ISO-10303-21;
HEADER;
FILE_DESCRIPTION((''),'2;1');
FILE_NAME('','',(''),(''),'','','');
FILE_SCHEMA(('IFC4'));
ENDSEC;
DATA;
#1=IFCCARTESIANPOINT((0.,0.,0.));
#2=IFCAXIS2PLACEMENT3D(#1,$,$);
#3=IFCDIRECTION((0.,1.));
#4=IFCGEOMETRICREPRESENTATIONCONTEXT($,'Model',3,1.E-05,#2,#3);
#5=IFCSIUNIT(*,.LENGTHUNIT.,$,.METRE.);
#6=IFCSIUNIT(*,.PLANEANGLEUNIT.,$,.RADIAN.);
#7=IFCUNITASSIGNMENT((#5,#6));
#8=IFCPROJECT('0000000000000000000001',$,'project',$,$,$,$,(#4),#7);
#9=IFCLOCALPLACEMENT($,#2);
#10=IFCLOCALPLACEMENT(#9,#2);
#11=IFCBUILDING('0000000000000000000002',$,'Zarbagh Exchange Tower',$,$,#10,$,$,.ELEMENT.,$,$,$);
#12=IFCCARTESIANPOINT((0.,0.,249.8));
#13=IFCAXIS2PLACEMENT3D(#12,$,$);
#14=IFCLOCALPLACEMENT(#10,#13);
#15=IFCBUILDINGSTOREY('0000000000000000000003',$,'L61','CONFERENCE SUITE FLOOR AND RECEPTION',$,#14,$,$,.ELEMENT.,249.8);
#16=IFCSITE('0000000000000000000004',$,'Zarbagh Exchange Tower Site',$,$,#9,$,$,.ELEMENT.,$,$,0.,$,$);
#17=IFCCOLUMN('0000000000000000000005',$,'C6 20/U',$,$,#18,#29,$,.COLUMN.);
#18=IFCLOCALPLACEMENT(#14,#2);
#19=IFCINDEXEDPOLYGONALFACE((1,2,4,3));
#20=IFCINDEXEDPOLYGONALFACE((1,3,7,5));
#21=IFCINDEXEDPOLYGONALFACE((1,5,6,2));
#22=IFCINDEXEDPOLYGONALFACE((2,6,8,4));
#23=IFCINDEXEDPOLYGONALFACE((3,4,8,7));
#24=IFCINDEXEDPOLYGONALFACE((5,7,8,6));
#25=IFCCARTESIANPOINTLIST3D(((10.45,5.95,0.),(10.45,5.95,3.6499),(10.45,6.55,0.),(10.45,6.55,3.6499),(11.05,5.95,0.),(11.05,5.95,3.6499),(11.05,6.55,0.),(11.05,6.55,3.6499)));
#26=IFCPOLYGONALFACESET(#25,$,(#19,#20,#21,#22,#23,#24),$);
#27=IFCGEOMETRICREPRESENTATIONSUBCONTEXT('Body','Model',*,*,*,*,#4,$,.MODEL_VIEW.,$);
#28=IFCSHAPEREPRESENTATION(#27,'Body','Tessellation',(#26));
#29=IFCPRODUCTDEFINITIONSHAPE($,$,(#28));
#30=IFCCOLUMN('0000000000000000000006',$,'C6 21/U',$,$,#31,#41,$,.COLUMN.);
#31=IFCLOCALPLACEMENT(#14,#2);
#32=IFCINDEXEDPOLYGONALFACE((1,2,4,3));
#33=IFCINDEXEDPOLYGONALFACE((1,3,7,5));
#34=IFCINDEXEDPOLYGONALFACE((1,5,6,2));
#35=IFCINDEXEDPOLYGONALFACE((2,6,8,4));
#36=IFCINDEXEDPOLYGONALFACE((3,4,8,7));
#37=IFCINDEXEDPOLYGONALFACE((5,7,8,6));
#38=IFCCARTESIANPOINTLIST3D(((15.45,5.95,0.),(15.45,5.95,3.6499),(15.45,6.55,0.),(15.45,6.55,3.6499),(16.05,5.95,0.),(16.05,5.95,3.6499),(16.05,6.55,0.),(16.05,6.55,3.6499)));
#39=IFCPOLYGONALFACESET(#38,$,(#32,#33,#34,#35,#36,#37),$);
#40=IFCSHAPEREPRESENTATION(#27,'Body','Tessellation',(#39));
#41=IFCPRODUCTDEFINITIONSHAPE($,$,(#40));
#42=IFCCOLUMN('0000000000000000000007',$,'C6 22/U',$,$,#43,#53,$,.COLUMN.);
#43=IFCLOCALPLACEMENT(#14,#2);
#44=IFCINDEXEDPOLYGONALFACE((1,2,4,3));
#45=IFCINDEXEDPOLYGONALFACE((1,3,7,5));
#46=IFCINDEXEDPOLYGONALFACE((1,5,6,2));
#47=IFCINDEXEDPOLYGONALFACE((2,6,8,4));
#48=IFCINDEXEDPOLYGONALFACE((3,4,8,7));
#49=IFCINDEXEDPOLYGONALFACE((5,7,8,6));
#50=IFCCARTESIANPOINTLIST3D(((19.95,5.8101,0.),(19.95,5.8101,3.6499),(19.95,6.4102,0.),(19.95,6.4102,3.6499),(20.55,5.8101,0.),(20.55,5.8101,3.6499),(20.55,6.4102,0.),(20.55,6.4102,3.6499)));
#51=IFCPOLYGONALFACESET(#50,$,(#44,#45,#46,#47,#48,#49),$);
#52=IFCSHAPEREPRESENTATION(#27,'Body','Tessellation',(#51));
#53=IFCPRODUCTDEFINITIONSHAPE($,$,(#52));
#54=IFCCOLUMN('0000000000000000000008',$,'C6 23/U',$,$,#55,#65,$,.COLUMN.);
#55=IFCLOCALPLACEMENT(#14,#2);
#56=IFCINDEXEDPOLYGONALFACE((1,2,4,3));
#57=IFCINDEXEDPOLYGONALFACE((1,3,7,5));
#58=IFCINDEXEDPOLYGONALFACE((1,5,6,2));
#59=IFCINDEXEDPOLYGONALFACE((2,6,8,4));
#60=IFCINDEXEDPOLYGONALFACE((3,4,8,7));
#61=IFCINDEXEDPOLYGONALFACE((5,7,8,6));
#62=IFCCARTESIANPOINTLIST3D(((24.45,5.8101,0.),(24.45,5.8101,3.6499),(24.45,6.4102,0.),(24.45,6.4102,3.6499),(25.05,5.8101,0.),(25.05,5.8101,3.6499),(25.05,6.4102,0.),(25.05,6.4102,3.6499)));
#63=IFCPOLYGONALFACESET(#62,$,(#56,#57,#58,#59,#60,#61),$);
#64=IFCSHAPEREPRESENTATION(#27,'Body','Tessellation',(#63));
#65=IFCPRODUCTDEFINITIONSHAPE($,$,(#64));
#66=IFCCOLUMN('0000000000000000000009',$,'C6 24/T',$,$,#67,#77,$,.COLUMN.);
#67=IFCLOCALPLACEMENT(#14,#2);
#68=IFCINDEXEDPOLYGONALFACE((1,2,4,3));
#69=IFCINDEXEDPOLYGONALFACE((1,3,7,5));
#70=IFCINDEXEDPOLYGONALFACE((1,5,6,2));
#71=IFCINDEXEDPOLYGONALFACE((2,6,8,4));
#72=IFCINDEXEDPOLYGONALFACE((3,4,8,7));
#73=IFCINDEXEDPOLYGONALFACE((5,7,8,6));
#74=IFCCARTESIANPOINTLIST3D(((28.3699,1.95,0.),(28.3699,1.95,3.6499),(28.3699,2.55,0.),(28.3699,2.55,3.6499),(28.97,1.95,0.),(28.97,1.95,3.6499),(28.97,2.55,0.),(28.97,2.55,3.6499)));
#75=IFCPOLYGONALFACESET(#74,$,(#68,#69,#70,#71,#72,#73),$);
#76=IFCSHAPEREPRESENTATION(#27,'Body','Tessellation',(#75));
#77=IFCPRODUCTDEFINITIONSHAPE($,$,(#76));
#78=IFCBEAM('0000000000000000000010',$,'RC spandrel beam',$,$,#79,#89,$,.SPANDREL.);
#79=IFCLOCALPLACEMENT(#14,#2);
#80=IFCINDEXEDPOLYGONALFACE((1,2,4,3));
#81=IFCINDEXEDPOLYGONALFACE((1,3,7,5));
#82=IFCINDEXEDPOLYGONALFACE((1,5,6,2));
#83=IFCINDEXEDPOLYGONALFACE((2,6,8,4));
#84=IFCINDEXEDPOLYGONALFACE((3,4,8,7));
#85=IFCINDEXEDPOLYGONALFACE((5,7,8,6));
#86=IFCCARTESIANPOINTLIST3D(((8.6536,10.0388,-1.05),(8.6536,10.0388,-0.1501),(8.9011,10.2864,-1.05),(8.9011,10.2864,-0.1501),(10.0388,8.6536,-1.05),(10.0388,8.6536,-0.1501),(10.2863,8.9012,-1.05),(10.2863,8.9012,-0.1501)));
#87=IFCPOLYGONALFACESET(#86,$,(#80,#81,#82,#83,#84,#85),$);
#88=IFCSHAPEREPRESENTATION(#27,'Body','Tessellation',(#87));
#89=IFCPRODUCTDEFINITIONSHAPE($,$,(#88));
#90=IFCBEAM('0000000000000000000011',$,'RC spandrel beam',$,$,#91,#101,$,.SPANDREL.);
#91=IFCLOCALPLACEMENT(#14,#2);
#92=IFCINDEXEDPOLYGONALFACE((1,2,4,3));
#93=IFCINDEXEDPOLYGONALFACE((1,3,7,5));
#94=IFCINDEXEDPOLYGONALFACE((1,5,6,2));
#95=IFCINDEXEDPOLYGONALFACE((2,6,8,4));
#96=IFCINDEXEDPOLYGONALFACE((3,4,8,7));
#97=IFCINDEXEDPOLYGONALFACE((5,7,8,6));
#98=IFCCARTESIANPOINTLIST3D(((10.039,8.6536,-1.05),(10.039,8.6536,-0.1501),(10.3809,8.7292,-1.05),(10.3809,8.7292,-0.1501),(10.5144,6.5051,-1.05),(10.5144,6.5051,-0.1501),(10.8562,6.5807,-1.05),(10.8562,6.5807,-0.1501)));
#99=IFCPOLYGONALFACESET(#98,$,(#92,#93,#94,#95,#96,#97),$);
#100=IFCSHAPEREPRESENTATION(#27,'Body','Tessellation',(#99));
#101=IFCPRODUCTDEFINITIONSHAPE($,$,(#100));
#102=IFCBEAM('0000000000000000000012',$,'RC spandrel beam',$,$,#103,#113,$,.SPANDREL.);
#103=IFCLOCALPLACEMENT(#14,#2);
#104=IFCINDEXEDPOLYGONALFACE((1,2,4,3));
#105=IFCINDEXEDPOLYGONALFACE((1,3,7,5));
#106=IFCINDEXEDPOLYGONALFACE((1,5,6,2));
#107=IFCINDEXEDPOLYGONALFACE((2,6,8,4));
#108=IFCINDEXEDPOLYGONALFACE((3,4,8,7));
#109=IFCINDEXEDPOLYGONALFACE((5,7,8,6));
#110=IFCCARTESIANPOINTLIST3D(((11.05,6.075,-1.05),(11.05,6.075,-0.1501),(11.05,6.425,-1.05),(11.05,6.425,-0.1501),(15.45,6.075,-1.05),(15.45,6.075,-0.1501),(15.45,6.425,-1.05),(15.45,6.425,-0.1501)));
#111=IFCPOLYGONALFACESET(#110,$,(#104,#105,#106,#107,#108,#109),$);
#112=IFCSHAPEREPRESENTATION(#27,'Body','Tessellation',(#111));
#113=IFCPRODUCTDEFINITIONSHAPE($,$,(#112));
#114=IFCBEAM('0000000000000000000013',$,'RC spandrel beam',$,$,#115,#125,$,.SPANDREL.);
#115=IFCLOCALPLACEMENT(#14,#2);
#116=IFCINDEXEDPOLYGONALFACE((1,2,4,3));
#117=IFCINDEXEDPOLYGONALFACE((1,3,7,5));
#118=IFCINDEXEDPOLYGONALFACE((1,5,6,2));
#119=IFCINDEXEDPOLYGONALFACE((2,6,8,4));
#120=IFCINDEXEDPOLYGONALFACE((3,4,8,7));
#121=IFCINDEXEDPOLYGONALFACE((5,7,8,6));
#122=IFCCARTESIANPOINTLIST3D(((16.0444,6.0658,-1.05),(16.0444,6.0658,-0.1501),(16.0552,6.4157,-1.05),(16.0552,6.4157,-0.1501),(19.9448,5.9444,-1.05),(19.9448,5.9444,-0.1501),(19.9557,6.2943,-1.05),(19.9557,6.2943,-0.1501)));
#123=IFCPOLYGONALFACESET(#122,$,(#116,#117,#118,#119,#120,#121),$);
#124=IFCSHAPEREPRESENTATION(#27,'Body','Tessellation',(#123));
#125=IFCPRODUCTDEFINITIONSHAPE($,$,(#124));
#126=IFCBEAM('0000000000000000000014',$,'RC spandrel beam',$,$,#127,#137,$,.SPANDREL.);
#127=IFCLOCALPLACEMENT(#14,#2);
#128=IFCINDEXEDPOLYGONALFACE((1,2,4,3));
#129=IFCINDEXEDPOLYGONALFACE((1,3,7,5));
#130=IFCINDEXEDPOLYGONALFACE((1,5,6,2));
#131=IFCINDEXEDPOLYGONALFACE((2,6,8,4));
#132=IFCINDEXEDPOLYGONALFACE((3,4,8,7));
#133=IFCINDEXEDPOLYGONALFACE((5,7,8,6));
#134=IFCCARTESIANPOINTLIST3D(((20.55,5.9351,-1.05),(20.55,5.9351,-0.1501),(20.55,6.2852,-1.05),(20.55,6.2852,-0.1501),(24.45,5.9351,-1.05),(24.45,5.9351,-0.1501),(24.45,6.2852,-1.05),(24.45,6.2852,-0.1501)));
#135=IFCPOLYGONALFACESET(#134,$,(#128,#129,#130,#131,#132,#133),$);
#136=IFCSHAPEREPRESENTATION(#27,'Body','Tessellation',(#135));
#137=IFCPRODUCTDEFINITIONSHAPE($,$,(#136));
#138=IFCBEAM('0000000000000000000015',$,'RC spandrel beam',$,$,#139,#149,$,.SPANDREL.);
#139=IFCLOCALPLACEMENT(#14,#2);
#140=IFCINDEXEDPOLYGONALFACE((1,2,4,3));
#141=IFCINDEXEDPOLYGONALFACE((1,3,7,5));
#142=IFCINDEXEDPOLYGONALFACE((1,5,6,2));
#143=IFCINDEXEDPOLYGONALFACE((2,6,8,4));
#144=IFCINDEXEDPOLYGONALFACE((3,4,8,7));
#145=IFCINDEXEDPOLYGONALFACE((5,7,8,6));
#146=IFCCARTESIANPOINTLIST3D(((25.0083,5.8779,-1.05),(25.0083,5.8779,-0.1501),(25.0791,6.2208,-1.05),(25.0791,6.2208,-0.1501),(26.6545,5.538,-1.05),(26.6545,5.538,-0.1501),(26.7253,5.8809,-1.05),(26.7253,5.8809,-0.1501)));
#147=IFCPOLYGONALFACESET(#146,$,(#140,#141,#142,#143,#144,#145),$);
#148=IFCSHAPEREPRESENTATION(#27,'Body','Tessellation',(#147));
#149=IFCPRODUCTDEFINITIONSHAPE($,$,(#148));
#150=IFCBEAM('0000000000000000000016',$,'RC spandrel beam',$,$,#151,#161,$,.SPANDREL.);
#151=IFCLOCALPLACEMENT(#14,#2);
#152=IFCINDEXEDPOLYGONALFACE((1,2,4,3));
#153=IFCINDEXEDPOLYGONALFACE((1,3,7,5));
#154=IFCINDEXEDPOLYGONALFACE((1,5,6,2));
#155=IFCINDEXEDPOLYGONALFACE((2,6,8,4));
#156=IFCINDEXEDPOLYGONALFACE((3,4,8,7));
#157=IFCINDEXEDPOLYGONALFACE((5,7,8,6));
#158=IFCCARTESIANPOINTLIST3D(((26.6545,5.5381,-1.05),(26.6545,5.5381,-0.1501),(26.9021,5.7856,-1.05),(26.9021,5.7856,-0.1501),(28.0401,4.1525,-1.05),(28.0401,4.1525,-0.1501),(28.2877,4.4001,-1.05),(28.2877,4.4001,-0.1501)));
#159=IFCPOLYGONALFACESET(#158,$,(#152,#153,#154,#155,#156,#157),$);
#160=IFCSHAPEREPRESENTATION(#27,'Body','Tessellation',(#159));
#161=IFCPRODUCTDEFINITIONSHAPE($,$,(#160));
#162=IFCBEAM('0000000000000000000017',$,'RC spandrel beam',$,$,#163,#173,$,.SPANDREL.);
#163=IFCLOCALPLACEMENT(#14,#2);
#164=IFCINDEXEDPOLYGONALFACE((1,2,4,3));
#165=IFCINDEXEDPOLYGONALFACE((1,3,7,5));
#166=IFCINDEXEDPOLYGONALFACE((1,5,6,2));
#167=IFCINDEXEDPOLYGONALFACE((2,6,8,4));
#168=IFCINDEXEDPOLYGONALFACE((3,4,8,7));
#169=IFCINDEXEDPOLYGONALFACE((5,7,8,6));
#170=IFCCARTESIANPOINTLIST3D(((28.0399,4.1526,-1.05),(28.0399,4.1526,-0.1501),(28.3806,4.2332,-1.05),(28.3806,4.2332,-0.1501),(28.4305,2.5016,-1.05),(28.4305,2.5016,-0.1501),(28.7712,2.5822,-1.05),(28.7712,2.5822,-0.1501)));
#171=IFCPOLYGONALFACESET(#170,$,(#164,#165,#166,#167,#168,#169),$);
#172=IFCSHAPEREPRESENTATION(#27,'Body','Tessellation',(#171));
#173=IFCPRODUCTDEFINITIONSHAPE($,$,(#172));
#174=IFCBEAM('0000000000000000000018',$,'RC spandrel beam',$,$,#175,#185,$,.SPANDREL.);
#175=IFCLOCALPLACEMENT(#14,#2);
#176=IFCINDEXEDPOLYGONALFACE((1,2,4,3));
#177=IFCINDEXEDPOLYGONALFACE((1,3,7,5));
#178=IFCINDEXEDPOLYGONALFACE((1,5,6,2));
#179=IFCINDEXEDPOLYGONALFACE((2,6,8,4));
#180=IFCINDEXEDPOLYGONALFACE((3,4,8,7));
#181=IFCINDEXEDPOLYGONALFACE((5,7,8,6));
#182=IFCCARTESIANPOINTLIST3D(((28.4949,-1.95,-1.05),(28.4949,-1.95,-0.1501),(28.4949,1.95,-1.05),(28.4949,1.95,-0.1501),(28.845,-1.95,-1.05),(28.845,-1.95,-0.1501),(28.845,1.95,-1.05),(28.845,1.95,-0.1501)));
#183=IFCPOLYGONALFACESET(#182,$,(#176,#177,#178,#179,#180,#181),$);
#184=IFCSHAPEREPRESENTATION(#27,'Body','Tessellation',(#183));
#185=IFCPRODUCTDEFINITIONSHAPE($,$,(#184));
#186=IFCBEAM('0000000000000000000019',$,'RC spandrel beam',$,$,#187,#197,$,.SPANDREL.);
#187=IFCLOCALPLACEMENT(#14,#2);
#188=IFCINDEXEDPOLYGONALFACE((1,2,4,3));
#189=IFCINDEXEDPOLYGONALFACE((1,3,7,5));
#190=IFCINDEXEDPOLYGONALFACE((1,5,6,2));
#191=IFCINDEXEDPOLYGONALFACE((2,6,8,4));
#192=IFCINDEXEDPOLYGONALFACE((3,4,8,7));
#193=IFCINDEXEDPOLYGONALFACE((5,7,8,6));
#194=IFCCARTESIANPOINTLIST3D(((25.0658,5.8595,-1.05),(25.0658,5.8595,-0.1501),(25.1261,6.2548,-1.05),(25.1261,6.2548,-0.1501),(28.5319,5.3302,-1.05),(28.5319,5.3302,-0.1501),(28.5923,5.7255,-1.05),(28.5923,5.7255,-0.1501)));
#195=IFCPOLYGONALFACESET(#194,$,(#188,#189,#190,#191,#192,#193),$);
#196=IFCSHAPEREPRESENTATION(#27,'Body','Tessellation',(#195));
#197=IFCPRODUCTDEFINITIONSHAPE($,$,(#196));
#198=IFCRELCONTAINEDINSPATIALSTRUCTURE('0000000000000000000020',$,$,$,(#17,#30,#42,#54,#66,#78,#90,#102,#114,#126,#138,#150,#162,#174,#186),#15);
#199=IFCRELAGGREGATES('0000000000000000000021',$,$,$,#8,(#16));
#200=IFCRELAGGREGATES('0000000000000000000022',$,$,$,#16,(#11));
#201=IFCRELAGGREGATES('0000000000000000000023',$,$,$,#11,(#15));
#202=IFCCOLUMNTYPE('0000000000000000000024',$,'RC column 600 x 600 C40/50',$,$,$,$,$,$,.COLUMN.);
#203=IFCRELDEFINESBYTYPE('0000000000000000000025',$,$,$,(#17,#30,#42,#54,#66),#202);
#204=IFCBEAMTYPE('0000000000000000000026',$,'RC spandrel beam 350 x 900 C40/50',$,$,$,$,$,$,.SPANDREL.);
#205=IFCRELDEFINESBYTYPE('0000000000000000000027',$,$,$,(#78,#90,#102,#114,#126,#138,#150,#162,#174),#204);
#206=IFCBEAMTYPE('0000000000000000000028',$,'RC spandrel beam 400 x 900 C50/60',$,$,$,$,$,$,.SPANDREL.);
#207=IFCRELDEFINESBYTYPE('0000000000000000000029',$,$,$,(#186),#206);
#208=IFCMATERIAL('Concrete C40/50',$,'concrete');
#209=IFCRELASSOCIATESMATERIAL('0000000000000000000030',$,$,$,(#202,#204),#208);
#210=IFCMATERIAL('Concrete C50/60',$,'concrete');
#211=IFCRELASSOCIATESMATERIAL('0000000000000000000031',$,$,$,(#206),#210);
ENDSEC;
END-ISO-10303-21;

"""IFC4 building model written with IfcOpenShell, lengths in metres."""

from ifc_helpers import new_model, si_unit, direction, frame, origin, origin_2d, place, context, subcontext, project, spatial, rectangle, extrude, material, material_profile, profile_set, type_object, element, save


model = new_model("IFC4")

# Units and contexts
model_context = context("Model", 3, precision=1e-05, world=origin(), true_north=direction((0.0, 1.0)))
body_context = subcontext(model_context, "Body", "Model", "MODEL_VIEW")
ifc_project = project(units=[si_unit("LENGTHUNIT", "METRE"), si_unit("PLANEANGLEUNIT", "RADIAN")], contexts=[model_context])

# Site, building, storey
site_placement = place(None, origin())
site = spatial("IfcSite", under=ifc_project, at=site_placement, Name="Zarbagh Exchange Tower Site", CompositionType="ELEMENT", RefElevation=0.0)
building_placement = place(site_placement, origin())
building = spatial("IfcBuilding", under=site, at=building_placement, Name="Zarbagh Exchange Tower", CompositionType="ELEMENT")
storey_placement = place(building_placement, frame((0.0, 0.0, 249.8)))
storey = spatial("IfcBuildingStorey", under=building, at=storey_placement, Name="L61", Description="CONFERENCE SUITE FLOOR AND RECEPTION", CompositionType="ELEMENT", Elevation=249.8)

# Columns
ifc_material_1 = material(Name="Concrete C40/50", Category="concrete")
ifc_material_profile_1 = material_profile(ifc_material_1, rectangle(XDim=0.6001, YDim=0.6001, at=origin_2d()), Name="RC column 600 x 600 C40/50")
ifc_profile_set_1 = profile_set([ifc_material_profile_1], Name="Concrete C40/50")
column_type = type_object("IfcColumnType", Name="RC column 600 x 600 C40/50", PredefinedType="COLUMN", material=ifc_profile_set_1)
for number, where, z_axis, x_axis, name in (
    (1, (10.75, 6.25, 0.0), (0.0, 0.0, 1.0), (1.0, 0.0, 0.0), "C6 20/U"),
    (2, (15.75, 6.25, 0.0), (0.0, 0.0, 1.0), (1.0, 0.0, 0.0), "C6 21/U"),
    (3, (20.25, 6.1101, 0.0), (0.0, 0.0, 1.0), (1.0, 0.0, 0.0), "C6 22/U"),
    (4, (24.75, 6.1101, 0.0), (0.0, 0.0, 1.0), (1.0, 0.0, 0.0), "C6 23/U"),
    (5, (28.6699, 2.25, 0.0), (0.0, 0.0, 1.0), (1.0, 0.0, 0.0), "C6 24/T"),
):
    element("IfcColumn", number, at=place(storey_placement, frame(where, z_axis=z_axis, x_axis=x_axis)), inside=storey, type_object=column_type, Name=name, PredefinedType="COLUMN", context=body_context, shape_type="SweptSolid", body=[
        extrude(rectangle(XDim=0.6001, YDim=0.6001, at=origin_2d()), origin(), (0.0, 0.0, 1.0), 3.6499),
    ])

# Beams
ifc_material_profile_2 = material_profile(ifc_material_1, rectangle(XDim=0.3501, YDim=0.8999, at=origin_2d()), Name="RC spandrel beam 350 x 900 C40/50")
ifc_profile_set_2 = profile_set([ifc_material_profile_2], Name="Concrete C40/50")
beam_type_1 = type_object("IfcBeamType", Name="RC spandrel beam 350 x 900 C40/50", PredefinedType="SPANDREL", material=ifc_profile_set_2)
beam_1_placement = place(storey_placement, frame((8.7773, 10.1626, -0.6001), z_axis=(0.707107, -0.707107, 0.0), x_axis=(0.707107, 0.707107, 0.0)))
element("IfcBeam", 6, at=beam_1_placement, inside=storey, type_object=beam_type_1, Name="RC spandrel beam", PredefinedType="SPANDREL", context=body_context, shape_type="SweptSolid", body=[
    extrude(rectangle(XDim=0.3501, YDim=0.8999, at=origin_2d()), origin(), (0.0, 0.0, 1.0), 1.959),
])
beam_2_placement = place(storey_placement, frame((10.21, 8.6914, -0.6001), z_axis=(0.216026, -0.976388, 0.0), x_axis=(0.976388, 0.216026, 0.0)))
element("IfcBeam", 7, at=beam_2_placement, inside=storey, type_object=beam_type_1, Name="RC spandrel beam", PredefinedType="SPANDREL", context=body_context, shape_type="SweptSolid", body=[
    extrude(rectangle(XDim=0.3501, YDim=0.8999, at=origin_2d()), origin(), (0.0, 0.0, 1.0), 2.2004),
])
beam_3_placement = place(storey_placement, frame((11.05, 6.25, -0.6001), z_axis=(1.0, 0.0, 0.0), x_axis=(0.0, 1.0, 0.0)))
element("IfcBeam", 8, at=beam_3_placement, inside=storey, type_object=beam_type_1, Name="RC spandrel beam", PredefinedType="SPANDREL", context=body_context, shape_type="SweptSolid", body=[
    extrude(rectangle(XDim=0.3501, YDim=0.8999, at=origin_2d()), origin(), (0.0, 0.0, 1.0), 4.3999),
])
beam_4_placement = place(storey_placement, frame((16.0498, 6.2407, -0.6001), z_axis=(0.999516, -0.031094, 0.0), x_axis=(0.031094, 0.999516, 0.0)))
element("IfcBeam", 9, at=beam_4_placement, inside=storey, type_object=beam_type_1, Name="RC spandrel beam", PredefinedType="SPANDREL", context=body_context, shape_type="SweptSolid", body=[
    extrude(rectangle(XDim=0.3501, YDim=0.8999, at=origin_2d()), origin(), (0.0, 0.0, 1.0), 3.9023),
])
beam_5_placement = place(storey_placement, frame((20.55, 6.1101, -0.6001), z_axis=(1.0, 0.0, 0.0), x_axis=(0.0, 1.0, 0.0)))
element("IfcBeam", 10, at=beam_5_placement, inside=storey, type_object=beam_type_1, Name="RC spandrel beam", PredefinedType="SPANDREL", context=body_context, shape_type="SweptSolid", body=[
    extrude(rectangle(XDim=0.3501, YDim=0.8999, at=origin_2d()), origin(), (0.0, 0.0, 1.0), 3.8999),
])
beam_6_placement = place(storey_placement, frame((25.0437, 6.0493, -0.6001), z_axis=(0.97935, -0.202173, 0.0), x_axis=(0.202173, 0.97935, 0.0)))
element("IfcBeam", 11, at=beam_6_placement, inside=storey, type_object=beam_type_1, Name="RC spandrel beam", PredefinedType="SPANDREL", context=body_context, shape_type="SweptSolid", body=[
    extrude(rectangle(XDim=0.3501, YDim=0.8999, at=origin_2d()), origin(), (0.0, 0.0, 1.0), 1.6809),
])
beam_7_placement = place(storey_placement, frame((26.7783, 5.6619, -0.6001), z_axis=(0.707107, -0.707107, 0.0), x_axis=(0.707107, 0.707107, 0.0)))
element("IfcBeam", 12, at=beam_7_placement, inside=storey, type_object=beam_type_1, Name="RC spandrel beam", PredefinedType="SPANDREL", context=body_context, shape_type="SweptSolid", body=[
    extrude(rectangle(XDim=0.3501, YDim=0.8999, at=origin_2d()), origin(), (0.0, 0.0, 1.0), 1.9595),
])
beam_8_placement = place(storey_placement, frame((28.2102, 4.1929, -0.6001), z_axis=(0.230258, -0.97313, 0.0), x_axis=(0.97313, 0.230258, 0.0)))
element("IfcBeam", 13, at=beam_8_placement, inside=storey, type_object=beam_type_1, Name="RC spandrel beam", PredefinedType="SPANDREL", context=body_context, shape_type="SweptSolid", body=[
    extrude(rectangle(XDim=0.3501, YDim=0.8999, at=origin_2d()), origin(), (0.0, 0.0, 1.0), 1.6965),
])
beam_9_placement = place(storey_placement, frame((28.6699, 1.95, -0.6001), z_axis=(0.0, -1.0, 0.0), x_axis=(1.0, 0.0, 0.0)))
element("IfcBeam", 14, at=beam_9_placement, inside=storey, type_object=beam_type_1, Name="RC spandrel beam", PredefinedType="SPANDREL", context=body_context, shape_type="SweptSolid", body=[
    extrude(rectangle(XDim=0.3501, YDim=0.8999, at=origin_2d()), origin(), (0.0, 0.0, 1.0), 3.8999),
])
ifc_material_2 = material(Name="Concrete C50/60", Category="concrete")
ifc_material_profile_3 = material_profile(ifc_material_2, rectangle(XDim=0.3999, YDim=0.8999, at=origin_2d()), Name="RC spandrel beam 400 x 900 C50/60")
ifc_profile_set_3 = profile_set([ifc_material_profile_3], Name="Concrete C50/60")
beam_type_2 = type_object("IfcBeamType", Name="RC spandrel beam 400 x 900 C50/60", PredefinedType="SPANDREL", material=ifc_profile_set_3)
beam_10_placement = place(storey_placement, frame((25.0959, 6.0571, -0.6001), z_axis=(0.98854, -0.150958, 0.0), x_axis=(0.150958, 0.98854, 0.0)))
element("IfcBeam", 15, at=beam_10_placement, inside=storey, type_object=beam_type_2, Name="RC spandrel beam", PredefinedType="SPANDREL", context=body_context, shape_type="SweptSolid", body=[
    extrude(rectangle(XDim=0.3999, YDim=0.8999, at=origin_2d()), origin(), (0.0, 0.0, 1.0), 3.5063),
])

save(model, "model.ifc")
